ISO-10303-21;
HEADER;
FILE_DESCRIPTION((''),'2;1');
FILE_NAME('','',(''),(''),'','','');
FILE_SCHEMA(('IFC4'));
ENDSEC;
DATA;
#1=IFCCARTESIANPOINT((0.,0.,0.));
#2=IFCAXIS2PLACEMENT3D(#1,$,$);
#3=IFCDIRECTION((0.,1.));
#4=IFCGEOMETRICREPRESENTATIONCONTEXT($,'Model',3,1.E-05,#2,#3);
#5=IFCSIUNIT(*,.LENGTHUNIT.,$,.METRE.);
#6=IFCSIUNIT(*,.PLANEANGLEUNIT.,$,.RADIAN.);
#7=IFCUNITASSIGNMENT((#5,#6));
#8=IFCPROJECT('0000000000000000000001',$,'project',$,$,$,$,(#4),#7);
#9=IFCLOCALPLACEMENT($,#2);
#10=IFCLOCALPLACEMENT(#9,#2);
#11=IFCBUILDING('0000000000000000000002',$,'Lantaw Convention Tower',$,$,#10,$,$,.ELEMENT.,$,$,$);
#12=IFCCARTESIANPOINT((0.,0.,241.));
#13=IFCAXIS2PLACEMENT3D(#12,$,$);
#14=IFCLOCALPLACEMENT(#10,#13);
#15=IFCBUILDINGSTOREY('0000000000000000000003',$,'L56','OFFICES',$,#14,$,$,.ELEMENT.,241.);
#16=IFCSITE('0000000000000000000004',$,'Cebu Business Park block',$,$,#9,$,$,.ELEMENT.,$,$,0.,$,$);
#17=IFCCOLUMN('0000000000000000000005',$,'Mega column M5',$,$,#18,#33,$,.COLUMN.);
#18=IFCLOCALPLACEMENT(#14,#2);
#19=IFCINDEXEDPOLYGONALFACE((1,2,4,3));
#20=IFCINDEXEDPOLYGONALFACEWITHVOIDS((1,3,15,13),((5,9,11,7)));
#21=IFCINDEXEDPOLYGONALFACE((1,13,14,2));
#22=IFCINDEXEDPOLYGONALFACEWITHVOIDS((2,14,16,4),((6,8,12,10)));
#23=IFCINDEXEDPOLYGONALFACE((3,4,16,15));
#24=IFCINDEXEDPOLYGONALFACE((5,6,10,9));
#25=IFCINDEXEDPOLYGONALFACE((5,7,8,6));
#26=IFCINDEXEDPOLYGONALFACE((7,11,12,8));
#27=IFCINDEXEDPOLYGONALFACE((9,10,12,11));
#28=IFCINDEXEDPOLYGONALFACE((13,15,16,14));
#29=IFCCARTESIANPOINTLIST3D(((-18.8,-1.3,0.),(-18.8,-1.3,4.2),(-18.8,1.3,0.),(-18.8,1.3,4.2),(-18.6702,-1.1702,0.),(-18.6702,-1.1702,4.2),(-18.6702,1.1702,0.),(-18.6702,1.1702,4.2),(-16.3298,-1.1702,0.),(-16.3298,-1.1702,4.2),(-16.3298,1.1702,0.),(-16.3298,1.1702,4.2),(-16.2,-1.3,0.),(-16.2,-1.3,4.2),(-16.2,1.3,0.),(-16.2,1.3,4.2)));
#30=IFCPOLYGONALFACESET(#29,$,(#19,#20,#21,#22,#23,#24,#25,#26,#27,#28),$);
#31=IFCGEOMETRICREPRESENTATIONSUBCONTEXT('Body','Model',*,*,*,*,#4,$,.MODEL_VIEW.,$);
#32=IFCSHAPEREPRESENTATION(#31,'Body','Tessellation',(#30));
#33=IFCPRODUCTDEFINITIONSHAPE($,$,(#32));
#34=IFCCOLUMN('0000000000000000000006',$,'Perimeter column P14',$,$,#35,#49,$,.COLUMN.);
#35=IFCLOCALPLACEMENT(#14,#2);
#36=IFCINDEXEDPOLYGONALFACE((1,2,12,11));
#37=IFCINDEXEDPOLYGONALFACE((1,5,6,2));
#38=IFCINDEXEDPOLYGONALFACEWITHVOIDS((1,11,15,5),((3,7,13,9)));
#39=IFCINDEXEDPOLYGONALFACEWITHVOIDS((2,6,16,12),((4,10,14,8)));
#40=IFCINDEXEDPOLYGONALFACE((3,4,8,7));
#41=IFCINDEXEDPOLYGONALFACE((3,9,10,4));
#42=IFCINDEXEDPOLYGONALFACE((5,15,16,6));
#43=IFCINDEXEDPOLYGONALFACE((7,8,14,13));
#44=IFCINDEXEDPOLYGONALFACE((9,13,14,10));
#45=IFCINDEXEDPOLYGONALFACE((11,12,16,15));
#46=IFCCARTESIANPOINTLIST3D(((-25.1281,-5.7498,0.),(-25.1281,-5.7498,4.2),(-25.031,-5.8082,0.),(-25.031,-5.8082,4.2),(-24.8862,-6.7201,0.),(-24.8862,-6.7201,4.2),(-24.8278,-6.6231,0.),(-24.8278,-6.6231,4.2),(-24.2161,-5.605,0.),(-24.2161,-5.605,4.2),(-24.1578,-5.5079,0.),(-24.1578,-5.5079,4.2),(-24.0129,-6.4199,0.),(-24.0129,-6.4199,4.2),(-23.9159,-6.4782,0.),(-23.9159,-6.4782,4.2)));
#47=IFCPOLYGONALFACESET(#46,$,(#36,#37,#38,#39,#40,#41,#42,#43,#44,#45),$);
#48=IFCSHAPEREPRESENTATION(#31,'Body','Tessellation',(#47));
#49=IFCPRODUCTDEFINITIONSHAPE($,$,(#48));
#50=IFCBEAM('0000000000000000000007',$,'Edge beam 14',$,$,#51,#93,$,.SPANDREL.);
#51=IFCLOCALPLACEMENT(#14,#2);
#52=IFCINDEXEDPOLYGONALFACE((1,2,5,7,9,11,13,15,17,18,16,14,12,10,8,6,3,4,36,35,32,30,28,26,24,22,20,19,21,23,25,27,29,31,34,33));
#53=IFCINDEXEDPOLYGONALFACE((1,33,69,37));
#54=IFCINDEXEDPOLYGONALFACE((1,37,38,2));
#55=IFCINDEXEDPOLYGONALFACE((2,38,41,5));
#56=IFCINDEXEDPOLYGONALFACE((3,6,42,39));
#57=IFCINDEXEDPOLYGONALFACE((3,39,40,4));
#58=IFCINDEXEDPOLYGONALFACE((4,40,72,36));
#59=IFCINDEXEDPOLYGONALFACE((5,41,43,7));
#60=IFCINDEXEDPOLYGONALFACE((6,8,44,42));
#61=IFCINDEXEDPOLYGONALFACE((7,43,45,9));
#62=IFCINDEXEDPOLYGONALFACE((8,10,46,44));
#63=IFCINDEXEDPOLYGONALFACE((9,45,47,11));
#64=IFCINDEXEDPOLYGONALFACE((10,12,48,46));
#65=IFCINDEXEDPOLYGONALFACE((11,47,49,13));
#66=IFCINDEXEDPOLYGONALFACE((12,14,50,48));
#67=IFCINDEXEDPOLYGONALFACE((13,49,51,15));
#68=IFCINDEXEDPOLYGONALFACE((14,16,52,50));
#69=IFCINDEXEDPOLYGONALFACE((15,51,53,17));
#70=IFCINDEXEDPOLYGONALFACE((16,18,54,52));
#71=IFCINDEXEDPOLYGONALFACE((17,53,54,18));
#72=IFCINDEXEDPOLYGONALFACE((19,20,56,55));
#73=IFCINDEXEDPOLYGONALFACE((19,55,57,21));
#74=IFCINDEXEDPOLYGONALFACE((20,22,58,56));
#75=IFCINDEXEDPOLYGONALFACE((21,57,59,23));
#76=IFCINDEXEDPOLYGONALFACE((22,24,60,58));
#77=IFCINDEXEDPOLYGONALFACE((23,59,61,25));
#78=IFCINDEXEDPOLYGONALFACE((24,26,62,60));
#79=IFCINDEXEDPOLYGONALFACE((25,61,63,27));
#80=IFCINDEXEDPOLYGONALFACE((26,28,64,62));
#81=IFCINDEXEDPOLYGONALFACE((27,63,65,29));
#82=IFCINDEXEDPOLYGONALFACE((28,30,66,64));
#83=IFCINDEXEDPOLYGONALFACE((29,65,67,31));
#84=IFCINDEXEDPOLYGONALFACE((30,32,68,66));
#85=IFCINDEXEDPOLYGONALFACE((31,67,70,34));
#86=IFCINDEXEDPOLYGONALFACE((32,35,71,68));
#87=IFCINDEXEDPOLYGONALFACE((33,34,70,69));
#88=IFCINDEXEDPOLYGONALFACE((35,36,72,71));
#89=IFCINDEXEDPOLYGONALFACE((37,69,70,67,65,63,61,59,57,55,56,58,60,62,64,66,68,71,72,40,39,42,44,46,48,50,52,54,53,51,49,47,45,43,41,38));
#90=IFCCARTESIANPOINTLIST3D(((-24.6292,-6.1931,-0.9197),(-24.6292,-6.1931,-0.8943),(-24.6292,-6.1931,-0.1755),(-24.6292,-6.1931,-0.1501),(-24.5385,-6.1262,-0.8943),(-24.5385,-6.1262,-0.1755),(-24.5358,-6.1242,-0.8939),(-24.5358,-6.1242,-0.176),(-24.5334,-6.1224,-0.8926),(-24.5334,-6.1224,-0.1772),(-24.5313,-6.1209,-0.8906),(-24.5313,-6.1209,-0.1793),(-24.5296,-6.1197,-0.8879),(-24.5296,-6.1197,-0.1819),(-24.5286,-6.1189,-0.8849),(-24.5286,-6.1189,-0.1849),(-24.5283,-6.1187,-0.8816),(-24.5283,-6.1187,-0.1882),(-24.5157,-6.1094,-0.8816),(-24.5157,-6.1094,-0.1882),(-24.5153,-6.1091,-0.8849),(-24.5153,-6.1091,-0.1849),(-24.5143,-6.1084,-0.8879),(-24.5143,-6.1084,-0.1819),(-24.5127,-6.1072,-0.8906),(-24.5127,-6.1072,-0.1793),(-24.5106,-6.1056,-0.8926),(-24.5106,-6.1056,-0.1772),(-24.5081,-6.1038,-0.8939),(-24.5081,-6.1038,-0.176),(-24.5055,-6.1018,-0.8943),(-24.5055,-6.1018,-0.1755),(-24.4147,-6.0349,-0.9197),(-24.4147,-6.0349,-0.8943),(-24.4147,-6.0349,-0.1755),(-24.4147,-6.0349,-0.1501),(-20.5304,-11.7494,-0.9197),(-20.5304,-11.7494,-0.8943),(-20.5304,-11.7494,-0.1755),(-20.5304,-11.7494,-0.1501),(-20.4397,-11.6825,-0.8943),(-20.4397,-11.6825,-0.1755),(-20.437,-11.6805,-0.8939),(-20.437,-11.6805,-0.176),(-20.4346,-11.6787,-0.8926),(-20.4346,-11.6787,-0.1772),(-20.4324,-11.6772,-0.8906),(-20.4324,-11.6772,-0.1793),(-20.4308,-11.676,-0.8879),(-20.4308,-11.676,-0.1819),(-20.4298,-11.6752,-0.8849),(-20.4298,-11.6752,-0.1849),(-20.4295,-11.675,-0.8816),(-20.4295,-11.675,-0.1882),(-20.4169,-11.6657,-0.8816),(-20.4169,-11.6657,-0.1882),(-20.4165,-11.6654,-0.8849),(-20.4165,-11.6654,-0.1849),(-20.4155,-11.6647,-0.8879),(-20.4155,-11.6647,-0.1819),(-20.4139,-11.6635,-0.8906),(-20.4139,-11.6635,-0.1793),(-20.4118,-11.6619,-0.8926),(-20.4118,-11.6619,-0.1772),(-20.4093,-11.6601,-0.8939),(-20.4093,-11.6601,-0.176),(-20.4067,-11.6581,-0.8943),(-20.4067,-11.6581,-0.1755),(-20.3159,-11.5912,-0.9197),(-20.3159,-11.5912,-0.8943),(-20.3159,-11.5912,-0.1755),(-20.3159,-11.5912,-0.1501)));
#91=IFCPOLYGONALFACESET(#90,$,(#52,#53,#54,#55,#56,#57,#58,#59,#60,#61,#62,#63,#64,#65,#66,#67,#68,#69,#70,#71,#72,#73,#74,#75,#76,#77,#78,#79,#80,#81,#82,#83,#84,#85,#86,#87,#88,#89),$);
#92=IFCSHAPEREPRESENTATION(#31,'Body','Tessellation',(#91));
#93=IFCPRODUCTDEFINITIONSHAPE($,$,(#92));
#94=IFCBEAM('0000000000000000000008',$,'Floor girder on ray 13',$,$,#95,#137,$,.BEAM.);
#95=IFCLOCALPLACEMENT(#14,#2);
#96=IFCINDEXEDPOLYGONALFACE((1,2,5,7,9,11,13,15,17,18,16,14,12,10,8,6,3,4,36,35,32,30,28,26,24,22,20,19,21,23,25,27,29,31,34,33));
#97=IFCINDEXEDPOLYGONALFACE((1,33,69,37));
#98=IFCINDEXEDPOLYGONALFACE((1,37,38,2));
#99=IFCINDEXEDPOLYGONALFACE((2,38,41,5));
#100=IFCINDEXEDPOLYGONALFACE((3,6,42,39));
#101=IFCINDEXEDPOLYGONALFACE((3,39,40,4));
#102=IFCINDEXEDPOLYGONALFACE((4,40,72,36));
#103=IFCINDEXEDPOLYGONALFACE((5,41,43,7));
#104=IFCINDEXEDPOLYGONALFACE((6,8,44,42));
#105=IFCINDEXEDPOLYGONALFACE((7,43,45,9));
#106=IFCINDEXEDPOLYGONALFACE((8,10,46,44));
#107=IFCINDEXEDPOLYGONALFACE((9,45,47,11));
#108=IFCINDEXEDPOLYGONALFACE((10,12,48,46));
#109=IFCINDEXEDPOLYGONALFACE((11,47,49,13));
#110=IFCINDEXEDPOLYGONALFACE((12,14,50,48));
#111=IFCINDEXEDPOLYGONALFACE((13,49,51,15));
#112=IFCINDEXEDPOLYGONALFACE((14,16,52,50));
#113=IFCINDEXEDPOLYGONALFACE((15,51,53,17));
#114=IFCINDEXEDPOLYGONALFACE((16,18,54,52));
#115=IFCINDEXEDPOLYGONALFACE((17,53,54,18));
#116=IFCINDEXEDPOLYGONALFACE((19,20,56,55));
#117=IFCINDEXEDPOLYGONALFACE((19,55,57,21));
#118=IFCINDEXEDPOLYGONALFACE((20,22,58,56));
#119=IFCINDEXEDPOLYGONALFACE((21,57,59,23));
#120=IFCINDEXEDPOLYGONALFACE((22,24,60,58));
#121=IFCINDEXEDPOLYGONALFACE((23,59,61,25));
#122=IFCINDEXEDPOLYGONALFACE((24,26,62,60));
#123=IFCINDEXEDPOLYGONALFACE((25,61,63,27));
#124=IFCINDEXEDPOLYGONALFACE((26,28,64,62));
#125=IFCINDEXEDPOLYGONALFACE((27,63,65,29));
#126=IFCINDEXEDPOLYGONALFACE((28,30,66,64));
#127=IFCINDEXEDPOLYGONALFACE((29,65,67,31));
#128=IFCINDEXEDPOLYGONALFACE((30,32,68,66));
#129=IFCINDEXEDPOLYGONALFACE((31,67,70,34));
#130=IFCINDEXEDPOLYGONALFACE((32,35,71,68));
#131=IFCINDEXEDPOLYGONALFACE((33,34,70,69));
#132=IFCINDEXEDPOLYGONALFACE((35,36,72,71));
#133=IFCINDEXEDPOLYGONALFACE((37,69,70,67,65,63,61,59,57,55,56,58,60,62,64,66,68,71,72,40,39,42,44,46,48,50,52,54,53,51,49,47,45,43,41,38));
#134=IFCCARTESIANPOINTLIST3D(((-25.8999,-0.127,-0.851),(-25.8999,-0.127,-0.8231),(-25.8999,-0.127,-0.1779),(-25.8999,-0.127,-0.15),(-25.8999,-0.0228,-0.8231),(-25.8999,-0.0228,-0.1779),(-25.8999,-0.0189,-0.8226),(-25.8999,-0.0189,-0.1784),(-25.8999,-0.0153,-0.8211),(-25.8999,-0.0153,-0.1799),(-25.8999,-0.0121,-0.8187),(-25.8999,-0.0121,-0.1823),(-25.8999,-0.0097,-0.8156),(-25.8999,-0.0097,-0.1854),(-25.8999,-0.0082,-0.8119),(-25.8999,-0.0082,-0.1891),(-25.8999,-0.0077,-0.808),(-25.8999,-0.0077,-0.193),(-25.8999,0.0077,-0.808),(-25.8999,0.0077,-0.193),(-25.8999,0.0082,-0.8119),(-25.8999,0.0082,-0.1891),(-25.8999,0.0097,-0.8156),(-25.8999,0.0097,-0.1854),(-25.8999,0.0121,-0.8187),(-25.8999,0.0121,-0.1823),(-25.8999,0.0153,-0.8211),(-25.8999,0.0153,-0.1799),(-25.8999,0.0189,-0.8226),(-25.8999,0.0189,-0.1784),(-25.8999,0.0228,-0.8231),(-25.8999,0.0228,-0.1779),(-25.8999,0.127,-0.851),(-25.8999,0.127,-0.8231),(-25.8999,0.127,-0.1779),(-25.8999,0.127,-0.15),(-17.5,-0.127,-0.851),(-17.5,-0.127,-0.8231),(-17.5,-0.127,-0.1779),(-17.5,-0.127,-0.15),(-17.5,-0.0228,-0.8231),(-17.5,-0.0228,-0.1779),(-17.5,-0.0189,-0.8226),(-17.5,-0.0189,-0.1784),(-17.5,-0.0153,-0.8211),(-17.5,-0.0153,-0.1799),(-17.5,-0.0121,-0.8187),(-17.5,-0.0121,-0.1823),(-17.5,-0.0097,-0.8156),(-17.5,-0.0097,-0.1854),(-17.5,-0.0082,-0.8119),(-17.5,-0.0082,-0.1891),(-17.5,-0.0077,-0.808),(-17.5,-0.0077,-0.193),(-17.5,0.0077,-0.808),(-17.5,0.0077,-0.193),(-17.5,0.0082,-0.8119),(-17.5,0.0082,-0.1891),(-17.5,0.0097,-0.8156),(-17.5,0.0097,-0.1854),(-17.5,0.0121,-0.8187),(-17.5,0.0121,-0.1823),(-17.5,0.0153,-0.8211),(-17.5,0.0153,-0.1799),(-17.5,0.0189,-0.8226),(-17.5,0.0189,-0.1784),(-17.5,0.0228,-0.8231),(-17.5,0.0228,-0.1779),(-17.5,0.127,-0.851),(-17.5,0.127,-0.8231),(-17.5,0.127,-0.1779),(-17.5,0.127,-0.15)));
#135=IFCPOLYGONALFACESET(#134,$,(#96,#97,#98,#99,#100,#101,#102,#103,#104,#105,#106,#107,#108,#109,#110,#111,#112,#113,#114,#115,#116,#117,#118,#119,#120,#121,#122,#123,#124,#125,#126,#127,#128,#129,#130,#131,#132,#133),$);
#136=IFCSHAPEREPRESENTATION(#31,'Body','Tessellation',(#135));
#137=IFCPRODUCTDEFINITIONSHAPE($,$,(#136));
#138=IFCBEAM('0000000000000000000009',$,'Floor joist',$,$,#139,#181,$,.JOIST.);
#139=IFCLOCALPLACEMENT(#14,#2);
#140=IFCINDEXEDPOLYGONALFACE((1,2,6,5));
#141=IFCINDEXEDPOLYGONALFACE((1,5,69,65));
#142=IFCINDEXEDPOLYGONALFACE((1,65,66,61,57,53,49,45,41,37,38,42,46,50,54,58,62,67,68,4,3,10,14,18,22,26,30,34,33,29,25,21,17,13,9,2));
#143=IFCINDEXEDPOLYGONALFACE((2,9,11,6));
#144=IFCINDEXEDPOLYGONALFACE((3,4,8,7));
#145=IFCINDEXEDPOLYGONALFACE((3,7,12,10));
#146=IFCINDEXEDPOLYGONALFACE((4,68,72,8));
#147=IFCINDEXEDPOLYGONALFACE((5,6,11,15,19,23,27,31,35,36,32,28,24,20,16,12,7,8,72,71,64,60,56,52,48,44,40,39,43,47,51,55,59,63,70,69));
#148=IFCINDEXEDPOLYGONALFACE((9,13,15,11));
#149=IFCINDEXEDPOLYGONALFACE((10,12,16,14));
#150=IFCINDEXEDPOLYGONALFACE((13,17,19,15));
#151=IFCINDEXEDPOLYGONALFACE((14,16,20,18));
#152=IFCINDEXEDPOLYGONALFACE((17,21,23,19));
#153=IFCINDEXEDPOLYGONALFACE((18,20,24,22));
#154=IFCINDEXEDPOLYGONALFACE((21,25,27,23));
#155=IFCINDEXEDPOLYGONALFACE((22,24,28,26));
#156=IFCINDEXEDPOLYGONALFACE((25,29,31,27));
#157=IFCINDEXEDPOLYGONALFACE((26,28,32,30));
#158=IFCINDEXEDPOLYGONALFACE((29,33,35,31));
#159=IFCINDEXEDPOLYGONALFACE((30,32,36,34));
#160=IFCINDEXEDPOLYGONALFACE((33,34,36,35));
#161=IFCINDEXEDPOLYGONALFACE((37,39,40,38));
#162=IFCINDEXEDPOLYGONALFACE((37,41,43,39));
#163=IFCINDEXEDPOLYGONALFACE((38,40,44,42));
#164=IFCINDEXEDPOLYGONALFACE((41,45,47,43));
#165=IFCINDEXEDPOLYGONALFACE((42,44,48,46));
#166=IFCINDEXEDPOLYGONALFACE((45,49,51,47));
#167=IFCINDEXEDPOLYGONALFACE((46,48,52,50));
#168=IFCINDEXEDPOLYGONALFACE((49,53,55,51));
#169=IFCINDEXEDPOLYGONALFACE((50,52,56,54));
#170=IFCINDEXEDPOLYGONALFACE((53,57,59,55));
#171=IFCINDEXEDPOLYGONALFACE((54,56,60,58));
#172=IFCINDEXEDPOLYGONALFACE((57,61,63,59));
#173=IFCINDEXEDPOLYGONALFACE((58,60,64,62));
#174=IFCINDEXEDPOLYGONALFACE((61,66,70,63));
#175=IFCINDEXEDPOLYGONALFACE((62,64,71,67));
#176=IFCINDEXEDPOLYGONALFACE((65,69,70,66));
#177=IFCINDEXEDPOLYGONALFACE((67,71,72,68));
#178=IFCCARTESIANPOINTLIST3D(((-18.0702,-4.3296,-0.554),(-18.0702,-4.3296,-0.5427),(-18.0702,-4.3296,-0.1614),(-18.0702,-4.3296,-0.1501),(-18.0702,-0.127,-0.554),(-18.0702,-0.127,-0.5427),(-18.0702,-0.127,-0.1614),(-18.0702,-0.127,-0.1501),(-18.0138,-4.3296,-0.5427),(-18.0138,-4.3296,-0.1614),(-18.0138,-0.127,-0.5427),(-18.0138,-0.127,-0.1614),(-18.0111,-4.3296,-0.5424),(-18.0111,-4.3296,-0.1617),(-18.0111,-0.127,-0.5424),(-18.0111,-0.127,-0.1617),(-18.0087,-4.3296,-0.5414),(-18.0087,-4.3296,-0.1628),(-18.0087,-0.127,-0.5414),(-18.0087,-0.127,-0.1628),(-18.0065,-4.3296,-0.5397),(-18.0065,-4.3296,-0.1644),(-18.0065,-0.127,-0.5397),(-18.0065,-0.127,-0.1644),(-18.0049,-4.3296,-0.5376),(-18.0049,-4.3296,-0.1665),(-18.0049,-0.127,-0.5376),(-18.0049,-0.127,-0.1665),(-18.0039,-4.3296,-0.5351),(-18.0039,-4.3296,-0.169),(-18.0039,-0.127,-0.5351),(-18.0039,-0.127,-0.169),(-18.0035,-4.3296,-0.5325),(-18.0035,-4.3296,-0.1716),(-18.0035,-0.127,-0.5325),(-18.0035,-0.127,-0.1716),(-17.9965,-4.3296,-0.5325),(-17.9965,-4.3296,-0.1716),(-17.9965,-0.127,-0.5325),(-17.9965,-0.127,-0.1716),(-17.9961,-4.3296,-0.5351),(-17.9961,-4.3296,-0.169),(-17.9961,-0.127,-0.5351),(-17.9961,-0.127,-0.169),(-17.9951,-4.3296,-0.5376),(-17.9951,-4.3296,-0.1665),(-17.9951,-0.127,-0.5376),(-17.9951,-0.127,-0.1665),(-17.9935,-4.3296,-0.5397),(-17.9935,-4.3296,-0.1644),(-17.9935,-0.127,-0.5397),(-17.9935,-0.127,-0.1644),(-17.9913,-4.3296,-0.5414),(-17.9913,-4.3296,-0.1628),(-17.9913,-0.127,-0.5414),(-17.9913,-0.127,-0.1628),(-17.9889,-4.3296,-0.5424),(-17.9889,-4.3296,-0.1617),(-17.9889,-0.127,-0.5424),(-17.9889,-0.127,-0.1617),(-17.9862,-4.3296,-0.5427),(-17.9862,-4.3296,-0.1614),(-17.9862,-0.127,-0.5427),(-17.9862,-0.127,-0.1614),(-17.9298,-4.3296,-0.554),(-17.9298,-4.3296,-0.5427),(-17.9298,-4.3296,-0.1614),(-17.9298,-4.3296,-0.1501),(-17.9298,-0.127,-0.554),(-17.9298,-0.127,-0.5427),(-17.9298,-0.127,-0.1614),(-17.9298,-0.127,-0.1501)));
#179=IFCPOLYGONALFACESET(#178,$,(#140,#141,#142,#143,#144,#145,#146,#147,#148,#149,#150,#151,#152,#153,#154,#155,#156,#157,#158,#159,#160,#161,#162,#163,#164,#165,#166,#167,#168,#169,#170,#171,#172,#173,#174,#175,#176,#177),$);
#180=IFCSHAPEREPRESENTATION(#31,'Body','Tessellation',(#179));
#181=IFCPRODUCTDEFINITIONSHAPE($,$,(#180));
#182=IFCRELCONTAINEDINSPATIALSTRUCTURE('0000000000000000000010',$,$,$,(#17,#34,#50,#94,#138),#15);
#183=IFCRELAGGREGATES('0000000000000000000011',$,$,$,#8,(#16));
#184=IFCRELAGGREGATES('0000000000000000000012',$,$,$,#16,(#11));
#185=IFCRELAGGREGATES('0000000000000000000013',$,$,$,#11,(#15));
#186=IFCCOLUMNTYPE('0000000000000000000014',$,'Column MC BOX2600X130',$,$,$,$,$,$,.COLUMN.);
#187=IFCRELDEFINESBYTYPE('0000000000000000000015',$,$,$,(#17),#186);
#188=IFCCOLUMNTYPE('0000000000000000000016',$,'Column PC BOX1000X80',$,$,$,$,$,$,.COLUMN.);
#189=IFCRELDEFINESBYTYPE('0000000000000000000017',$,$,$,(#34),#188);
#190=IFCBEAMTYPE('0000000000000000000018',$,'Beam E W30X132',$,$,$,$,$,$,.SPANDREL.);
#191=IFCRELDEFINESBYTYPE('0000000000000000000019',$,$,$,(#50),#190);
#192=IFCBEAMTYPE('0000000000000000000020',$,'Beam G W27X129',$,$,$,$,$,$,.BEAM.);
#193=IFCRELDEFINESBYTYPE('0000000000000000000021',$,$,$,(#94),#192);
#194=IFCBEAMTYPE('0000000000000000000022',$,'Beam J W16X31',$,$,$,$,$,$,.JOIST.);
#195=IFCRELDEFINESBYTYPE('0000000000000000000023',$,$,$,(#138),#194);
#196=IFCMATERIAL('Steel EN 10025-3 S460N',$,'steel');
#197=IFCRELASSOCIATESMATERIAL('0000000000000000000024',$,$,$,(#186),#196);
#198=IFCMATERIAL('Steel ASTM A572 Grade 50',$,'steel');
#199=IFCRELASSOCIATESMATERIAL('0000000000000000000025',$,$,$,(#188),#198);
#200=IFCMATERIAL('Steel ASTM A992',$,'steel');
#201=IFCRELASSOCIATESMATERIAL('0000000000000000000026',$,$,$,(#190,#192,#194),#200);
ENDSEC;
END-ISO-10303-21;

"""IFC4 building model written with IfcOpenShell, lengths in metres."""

from ifc_helpers import new_model, si_unit, direction, frame, origin, origin_2d, place, context, subcontext, project, spatial, rectangle, hollow_rectangle, i_section, extrude, material, material_profile, profile_set, type_object, element, save


model = new_model("IFC4")

# Units and contexts
model_context = context("Model", 3, precision=1e-05, world=origin(), true_north=direction((0.0, 1.0)))
body_context = subcontext(model_context, "Body", "Model", "MODEL_VIEW")
ifc_project = project(units=[si_unit("LENGTHUNIT", "METRE"), si_unit("PLANEANGLEUNIT", "RADIAN")], contexts=[model_context])

# Site, building, storey
site_placement = place(None, origin())
site = spatial("IfcSite", under=ifc_project, at=site_placement, Name="Cebu Business Park block", CompositionType="ELEMENT", RefElevation=0.0)
building_placement = place(site_placement, origin())
building = spatial("IfcBuilding", under=site, at=building_placement, Name="Lantaw Convention Tower", CompositionType="ELEMENT")
storey_placement = place(building_placement, frame((0.0, 0.0, 241.0)))
storey = spatial("IfcBuildingStorey", under=building, at=storey_placement, Name="L56", Description="OFFICES", CompositionType="ELEMENT", Elevation=241.0)

# Columns
ifc_material_1 = material(Name="Steel EN 10025-3 S460N", Category="steel")
ifc_material_profile_1 = material_profile(ifc_material_1, hollow_rectangle(XDim=2.6001, YDim=2.6001, WallThickness=0.1299, at=origin_2d()), Name="BOX2600X130")
ifc_material_2 = material(Name="Concrete C60/75", Category="concrete")
ifc_material_profile_2 = material_profile(ifc_material_2, rectangle(XDim=2.3401, YDim=2.3401, at=origin_2d()), Name="Concrete fill of BOX2600X130")
ifc_profile_set_1 = profile_set([ifc_material_profile_1, ifc_material_profile_2], Name="Steel EN 10025-3 S460N")
column_type_1 = type_object("IfcColumnType", Name="Column MC BOX2600X130", PredefinedType="COLUMN", material=ifc_profile_set_1)
column_1_placement = place(storey_placement, frame((-17.5, 0.0, 0.0), z_axis=(0.0, 0.0, 1.0), x_axis=(1.0, 0.0, 0.0)))
element("IfcColumn", 1, at=column_1_placement, inside=storey, type_object=column_type_1, Name="Mega column M5", PredefinedType="COLUMN", context=body_context, shape_type="SweptSolid", body=[
    extrude(hollow_rectangle(XDim=2.6001, YDim=2.6001, WallThickness=0.1299, at=origin_2d()), origin(), (0.0, 0.0, 1.0), 4.2),
])
ifc_material_3 = material(Name="Steel ASTM A572 Grade 50", Category="steel")
ifc_material_profile_3 = material_profile(ifc_material_3, hollow_rectangle(XDim=1.0, YDim=1.0, WallThickness=0.0801, at=origin_2d()), Name="BOX1000X80")
ifc_material_profile_4 = material_profile(ifc_material_2, rectangle(XDim=0.8401, YDim=0.8401, at=origin_2d()), Name="Concrete fill of BOX1000X80")
ifc_profile_set_2 = profile_set([ifc_material_profile_3, ifc_material_profile_4], Name="Steel ASTM A572 Grade 50")
column_type_2 = type_object("IfcColumnType", Name="Column PC BOX1000X80", PredefinedType="COLUMN", material=ifc_profile_set_2)
column_2_placement = place(storey_placement, frame((-24.522, -6.114, 0.0), z_axis=(0.0, 0.0, 1.0), x_axis=(0.970296, 0.241922, 0.0)))
element("IfcColumn", 2, at=column_2_placement, inside=storey, type_object=column_type_2, Name="Perimeter column P14", PredefinedType="COLUMN", context=body_context, shape_type="SweptSolid", body=[
    extrude(hollow_rectangle(XDim=1.0, YDim=1.0, WallThickness=0.0801, at=origin_2d()), origin(), (0.0, 0.0, 1.0), 4.2),
])

# Beams
ifc_material_4 = material(Name="Steel ASTM A992", Category="steel")
ifc_material_profile_5 = material_profile(ifc_material_4, i_section(OverallWidth=0.2666, OverallDepth=0.7695, WebThickness=0.0156, FlangeThickness=0.0254, FilletRadius=0.0127, at=origin_2d()), Name="W30X132")
ifc_profile_set_3 = profile_set([ifc_material_profile_5], Name="Steel ASTM A992")
beam_type_1 = type_object("IfcBeamType", Name="Beam E W30X132", PredefinedType="SPANDREL", material=ifc_profile_set_3)
beam_1_placement = place(storey_placement, frame((-24.522, -6.114, -0.5349), z_axis=(0.593639, -0.804731, 0.0), x_axis=(0.804731, 0.593639, 0.0)))
element("IfcBeam", 3, at=beam_1_placement, inside=storey, type_object=beam_type_1, Name="Edge beam 14", PredefinedType="SPANDREL", context=body_context, shape_type="SweptSolid", body=[
    extrude(i_section(OverallWidth=0.2666, OverallDepth=0.7695, WebThickness=0.0156, FlangeThickness=0.0254, FilletRadius=0.0127, at=origin_2d()), origin(), (0.0, 0.0, 1.0), 6.9045),
])
ifc_material_profile_6 = material_profile(ifc_material_4, i_section(OverallWidth=0.2539, OverallDepth=0.7009, WebThickness=0.0154, FlangeThickness=0.0278, FilletRadius=0.0151, at=origin_2d()), Name="W27X129")
ifc_profile_set_4 = profile_set([ifc_material_profile_6], Name="Steel ASTM A992")
beam_type_2 = type_object("IfcBeamType", Name="Beam G W27X129", PredefinedType="BEAM", material=ifc_profile_set_4)
beam_2_placement = place(storey_placement, frame((-17.5, 0.0, -0.5005), z_axis=(-1.0, 0.0, 0.0), x_axis=(0.0, -1.0, 0.0)))
element("IfcBeam", 4, at=beam_2_placement, inside=storey, type_object=beam_type_2, Name="Floor girder on ray 13", PredefinedType="BEAM", context=body_context, shape_type="SweptSolid", body=[
    extrude(i_section(OverallWidth=0.2539, OverallDepth=0.7009, WebThickness=0.0154, FlangeThickness=0.0278, FilletRadius=0.0151, at=origin_2d()), origin(), (0.0, 0.0, 1.0), 8.3999),
])
ifc_material_profile_7 = material_profile(ifc_material_4, i_section(OverallWidth=0.1404, OverallDepth=0.4038, WebThickness=0.0071, FlangeThickness=0.0112, FilletRadius=0.0103, at=origin_2d()), Name="W16X31")
ifc_profile_set_5 = profile_set([ifc_material_profile_7], Name="Steel ASTM A992")
beam_type_3 = type_object("IfcBeamType", Name="Beam J W16X31", PredefinedType="JOIST", material=ifc_profile_set_5)
beam_3_placement = place(storey_placement, frame((-18.0, -4.3296, -0.3521), z_axis=(0.0, 1.0, 0.0), x_axis=(-1.0, 0.0, 0.0)))
element("IfcBeam", 5, at=beam_3_placement, inside=storey, type_object=beam_type_3, Name="Floor joist", PredefinedType="JOIST", context=body_context, shape_type="SweptSolid", body=[
    extrude(i_section(OverallWidth=0.1404, OverallDepth=0.4038, WebThickness=0.0071, FlangeThickness=0.0112, FilletRadius=0.0103, at=origin_2d()), origin(), (0.0, 0.0, 1.0), 4.2026),
])

save(model, "model.ifc")
